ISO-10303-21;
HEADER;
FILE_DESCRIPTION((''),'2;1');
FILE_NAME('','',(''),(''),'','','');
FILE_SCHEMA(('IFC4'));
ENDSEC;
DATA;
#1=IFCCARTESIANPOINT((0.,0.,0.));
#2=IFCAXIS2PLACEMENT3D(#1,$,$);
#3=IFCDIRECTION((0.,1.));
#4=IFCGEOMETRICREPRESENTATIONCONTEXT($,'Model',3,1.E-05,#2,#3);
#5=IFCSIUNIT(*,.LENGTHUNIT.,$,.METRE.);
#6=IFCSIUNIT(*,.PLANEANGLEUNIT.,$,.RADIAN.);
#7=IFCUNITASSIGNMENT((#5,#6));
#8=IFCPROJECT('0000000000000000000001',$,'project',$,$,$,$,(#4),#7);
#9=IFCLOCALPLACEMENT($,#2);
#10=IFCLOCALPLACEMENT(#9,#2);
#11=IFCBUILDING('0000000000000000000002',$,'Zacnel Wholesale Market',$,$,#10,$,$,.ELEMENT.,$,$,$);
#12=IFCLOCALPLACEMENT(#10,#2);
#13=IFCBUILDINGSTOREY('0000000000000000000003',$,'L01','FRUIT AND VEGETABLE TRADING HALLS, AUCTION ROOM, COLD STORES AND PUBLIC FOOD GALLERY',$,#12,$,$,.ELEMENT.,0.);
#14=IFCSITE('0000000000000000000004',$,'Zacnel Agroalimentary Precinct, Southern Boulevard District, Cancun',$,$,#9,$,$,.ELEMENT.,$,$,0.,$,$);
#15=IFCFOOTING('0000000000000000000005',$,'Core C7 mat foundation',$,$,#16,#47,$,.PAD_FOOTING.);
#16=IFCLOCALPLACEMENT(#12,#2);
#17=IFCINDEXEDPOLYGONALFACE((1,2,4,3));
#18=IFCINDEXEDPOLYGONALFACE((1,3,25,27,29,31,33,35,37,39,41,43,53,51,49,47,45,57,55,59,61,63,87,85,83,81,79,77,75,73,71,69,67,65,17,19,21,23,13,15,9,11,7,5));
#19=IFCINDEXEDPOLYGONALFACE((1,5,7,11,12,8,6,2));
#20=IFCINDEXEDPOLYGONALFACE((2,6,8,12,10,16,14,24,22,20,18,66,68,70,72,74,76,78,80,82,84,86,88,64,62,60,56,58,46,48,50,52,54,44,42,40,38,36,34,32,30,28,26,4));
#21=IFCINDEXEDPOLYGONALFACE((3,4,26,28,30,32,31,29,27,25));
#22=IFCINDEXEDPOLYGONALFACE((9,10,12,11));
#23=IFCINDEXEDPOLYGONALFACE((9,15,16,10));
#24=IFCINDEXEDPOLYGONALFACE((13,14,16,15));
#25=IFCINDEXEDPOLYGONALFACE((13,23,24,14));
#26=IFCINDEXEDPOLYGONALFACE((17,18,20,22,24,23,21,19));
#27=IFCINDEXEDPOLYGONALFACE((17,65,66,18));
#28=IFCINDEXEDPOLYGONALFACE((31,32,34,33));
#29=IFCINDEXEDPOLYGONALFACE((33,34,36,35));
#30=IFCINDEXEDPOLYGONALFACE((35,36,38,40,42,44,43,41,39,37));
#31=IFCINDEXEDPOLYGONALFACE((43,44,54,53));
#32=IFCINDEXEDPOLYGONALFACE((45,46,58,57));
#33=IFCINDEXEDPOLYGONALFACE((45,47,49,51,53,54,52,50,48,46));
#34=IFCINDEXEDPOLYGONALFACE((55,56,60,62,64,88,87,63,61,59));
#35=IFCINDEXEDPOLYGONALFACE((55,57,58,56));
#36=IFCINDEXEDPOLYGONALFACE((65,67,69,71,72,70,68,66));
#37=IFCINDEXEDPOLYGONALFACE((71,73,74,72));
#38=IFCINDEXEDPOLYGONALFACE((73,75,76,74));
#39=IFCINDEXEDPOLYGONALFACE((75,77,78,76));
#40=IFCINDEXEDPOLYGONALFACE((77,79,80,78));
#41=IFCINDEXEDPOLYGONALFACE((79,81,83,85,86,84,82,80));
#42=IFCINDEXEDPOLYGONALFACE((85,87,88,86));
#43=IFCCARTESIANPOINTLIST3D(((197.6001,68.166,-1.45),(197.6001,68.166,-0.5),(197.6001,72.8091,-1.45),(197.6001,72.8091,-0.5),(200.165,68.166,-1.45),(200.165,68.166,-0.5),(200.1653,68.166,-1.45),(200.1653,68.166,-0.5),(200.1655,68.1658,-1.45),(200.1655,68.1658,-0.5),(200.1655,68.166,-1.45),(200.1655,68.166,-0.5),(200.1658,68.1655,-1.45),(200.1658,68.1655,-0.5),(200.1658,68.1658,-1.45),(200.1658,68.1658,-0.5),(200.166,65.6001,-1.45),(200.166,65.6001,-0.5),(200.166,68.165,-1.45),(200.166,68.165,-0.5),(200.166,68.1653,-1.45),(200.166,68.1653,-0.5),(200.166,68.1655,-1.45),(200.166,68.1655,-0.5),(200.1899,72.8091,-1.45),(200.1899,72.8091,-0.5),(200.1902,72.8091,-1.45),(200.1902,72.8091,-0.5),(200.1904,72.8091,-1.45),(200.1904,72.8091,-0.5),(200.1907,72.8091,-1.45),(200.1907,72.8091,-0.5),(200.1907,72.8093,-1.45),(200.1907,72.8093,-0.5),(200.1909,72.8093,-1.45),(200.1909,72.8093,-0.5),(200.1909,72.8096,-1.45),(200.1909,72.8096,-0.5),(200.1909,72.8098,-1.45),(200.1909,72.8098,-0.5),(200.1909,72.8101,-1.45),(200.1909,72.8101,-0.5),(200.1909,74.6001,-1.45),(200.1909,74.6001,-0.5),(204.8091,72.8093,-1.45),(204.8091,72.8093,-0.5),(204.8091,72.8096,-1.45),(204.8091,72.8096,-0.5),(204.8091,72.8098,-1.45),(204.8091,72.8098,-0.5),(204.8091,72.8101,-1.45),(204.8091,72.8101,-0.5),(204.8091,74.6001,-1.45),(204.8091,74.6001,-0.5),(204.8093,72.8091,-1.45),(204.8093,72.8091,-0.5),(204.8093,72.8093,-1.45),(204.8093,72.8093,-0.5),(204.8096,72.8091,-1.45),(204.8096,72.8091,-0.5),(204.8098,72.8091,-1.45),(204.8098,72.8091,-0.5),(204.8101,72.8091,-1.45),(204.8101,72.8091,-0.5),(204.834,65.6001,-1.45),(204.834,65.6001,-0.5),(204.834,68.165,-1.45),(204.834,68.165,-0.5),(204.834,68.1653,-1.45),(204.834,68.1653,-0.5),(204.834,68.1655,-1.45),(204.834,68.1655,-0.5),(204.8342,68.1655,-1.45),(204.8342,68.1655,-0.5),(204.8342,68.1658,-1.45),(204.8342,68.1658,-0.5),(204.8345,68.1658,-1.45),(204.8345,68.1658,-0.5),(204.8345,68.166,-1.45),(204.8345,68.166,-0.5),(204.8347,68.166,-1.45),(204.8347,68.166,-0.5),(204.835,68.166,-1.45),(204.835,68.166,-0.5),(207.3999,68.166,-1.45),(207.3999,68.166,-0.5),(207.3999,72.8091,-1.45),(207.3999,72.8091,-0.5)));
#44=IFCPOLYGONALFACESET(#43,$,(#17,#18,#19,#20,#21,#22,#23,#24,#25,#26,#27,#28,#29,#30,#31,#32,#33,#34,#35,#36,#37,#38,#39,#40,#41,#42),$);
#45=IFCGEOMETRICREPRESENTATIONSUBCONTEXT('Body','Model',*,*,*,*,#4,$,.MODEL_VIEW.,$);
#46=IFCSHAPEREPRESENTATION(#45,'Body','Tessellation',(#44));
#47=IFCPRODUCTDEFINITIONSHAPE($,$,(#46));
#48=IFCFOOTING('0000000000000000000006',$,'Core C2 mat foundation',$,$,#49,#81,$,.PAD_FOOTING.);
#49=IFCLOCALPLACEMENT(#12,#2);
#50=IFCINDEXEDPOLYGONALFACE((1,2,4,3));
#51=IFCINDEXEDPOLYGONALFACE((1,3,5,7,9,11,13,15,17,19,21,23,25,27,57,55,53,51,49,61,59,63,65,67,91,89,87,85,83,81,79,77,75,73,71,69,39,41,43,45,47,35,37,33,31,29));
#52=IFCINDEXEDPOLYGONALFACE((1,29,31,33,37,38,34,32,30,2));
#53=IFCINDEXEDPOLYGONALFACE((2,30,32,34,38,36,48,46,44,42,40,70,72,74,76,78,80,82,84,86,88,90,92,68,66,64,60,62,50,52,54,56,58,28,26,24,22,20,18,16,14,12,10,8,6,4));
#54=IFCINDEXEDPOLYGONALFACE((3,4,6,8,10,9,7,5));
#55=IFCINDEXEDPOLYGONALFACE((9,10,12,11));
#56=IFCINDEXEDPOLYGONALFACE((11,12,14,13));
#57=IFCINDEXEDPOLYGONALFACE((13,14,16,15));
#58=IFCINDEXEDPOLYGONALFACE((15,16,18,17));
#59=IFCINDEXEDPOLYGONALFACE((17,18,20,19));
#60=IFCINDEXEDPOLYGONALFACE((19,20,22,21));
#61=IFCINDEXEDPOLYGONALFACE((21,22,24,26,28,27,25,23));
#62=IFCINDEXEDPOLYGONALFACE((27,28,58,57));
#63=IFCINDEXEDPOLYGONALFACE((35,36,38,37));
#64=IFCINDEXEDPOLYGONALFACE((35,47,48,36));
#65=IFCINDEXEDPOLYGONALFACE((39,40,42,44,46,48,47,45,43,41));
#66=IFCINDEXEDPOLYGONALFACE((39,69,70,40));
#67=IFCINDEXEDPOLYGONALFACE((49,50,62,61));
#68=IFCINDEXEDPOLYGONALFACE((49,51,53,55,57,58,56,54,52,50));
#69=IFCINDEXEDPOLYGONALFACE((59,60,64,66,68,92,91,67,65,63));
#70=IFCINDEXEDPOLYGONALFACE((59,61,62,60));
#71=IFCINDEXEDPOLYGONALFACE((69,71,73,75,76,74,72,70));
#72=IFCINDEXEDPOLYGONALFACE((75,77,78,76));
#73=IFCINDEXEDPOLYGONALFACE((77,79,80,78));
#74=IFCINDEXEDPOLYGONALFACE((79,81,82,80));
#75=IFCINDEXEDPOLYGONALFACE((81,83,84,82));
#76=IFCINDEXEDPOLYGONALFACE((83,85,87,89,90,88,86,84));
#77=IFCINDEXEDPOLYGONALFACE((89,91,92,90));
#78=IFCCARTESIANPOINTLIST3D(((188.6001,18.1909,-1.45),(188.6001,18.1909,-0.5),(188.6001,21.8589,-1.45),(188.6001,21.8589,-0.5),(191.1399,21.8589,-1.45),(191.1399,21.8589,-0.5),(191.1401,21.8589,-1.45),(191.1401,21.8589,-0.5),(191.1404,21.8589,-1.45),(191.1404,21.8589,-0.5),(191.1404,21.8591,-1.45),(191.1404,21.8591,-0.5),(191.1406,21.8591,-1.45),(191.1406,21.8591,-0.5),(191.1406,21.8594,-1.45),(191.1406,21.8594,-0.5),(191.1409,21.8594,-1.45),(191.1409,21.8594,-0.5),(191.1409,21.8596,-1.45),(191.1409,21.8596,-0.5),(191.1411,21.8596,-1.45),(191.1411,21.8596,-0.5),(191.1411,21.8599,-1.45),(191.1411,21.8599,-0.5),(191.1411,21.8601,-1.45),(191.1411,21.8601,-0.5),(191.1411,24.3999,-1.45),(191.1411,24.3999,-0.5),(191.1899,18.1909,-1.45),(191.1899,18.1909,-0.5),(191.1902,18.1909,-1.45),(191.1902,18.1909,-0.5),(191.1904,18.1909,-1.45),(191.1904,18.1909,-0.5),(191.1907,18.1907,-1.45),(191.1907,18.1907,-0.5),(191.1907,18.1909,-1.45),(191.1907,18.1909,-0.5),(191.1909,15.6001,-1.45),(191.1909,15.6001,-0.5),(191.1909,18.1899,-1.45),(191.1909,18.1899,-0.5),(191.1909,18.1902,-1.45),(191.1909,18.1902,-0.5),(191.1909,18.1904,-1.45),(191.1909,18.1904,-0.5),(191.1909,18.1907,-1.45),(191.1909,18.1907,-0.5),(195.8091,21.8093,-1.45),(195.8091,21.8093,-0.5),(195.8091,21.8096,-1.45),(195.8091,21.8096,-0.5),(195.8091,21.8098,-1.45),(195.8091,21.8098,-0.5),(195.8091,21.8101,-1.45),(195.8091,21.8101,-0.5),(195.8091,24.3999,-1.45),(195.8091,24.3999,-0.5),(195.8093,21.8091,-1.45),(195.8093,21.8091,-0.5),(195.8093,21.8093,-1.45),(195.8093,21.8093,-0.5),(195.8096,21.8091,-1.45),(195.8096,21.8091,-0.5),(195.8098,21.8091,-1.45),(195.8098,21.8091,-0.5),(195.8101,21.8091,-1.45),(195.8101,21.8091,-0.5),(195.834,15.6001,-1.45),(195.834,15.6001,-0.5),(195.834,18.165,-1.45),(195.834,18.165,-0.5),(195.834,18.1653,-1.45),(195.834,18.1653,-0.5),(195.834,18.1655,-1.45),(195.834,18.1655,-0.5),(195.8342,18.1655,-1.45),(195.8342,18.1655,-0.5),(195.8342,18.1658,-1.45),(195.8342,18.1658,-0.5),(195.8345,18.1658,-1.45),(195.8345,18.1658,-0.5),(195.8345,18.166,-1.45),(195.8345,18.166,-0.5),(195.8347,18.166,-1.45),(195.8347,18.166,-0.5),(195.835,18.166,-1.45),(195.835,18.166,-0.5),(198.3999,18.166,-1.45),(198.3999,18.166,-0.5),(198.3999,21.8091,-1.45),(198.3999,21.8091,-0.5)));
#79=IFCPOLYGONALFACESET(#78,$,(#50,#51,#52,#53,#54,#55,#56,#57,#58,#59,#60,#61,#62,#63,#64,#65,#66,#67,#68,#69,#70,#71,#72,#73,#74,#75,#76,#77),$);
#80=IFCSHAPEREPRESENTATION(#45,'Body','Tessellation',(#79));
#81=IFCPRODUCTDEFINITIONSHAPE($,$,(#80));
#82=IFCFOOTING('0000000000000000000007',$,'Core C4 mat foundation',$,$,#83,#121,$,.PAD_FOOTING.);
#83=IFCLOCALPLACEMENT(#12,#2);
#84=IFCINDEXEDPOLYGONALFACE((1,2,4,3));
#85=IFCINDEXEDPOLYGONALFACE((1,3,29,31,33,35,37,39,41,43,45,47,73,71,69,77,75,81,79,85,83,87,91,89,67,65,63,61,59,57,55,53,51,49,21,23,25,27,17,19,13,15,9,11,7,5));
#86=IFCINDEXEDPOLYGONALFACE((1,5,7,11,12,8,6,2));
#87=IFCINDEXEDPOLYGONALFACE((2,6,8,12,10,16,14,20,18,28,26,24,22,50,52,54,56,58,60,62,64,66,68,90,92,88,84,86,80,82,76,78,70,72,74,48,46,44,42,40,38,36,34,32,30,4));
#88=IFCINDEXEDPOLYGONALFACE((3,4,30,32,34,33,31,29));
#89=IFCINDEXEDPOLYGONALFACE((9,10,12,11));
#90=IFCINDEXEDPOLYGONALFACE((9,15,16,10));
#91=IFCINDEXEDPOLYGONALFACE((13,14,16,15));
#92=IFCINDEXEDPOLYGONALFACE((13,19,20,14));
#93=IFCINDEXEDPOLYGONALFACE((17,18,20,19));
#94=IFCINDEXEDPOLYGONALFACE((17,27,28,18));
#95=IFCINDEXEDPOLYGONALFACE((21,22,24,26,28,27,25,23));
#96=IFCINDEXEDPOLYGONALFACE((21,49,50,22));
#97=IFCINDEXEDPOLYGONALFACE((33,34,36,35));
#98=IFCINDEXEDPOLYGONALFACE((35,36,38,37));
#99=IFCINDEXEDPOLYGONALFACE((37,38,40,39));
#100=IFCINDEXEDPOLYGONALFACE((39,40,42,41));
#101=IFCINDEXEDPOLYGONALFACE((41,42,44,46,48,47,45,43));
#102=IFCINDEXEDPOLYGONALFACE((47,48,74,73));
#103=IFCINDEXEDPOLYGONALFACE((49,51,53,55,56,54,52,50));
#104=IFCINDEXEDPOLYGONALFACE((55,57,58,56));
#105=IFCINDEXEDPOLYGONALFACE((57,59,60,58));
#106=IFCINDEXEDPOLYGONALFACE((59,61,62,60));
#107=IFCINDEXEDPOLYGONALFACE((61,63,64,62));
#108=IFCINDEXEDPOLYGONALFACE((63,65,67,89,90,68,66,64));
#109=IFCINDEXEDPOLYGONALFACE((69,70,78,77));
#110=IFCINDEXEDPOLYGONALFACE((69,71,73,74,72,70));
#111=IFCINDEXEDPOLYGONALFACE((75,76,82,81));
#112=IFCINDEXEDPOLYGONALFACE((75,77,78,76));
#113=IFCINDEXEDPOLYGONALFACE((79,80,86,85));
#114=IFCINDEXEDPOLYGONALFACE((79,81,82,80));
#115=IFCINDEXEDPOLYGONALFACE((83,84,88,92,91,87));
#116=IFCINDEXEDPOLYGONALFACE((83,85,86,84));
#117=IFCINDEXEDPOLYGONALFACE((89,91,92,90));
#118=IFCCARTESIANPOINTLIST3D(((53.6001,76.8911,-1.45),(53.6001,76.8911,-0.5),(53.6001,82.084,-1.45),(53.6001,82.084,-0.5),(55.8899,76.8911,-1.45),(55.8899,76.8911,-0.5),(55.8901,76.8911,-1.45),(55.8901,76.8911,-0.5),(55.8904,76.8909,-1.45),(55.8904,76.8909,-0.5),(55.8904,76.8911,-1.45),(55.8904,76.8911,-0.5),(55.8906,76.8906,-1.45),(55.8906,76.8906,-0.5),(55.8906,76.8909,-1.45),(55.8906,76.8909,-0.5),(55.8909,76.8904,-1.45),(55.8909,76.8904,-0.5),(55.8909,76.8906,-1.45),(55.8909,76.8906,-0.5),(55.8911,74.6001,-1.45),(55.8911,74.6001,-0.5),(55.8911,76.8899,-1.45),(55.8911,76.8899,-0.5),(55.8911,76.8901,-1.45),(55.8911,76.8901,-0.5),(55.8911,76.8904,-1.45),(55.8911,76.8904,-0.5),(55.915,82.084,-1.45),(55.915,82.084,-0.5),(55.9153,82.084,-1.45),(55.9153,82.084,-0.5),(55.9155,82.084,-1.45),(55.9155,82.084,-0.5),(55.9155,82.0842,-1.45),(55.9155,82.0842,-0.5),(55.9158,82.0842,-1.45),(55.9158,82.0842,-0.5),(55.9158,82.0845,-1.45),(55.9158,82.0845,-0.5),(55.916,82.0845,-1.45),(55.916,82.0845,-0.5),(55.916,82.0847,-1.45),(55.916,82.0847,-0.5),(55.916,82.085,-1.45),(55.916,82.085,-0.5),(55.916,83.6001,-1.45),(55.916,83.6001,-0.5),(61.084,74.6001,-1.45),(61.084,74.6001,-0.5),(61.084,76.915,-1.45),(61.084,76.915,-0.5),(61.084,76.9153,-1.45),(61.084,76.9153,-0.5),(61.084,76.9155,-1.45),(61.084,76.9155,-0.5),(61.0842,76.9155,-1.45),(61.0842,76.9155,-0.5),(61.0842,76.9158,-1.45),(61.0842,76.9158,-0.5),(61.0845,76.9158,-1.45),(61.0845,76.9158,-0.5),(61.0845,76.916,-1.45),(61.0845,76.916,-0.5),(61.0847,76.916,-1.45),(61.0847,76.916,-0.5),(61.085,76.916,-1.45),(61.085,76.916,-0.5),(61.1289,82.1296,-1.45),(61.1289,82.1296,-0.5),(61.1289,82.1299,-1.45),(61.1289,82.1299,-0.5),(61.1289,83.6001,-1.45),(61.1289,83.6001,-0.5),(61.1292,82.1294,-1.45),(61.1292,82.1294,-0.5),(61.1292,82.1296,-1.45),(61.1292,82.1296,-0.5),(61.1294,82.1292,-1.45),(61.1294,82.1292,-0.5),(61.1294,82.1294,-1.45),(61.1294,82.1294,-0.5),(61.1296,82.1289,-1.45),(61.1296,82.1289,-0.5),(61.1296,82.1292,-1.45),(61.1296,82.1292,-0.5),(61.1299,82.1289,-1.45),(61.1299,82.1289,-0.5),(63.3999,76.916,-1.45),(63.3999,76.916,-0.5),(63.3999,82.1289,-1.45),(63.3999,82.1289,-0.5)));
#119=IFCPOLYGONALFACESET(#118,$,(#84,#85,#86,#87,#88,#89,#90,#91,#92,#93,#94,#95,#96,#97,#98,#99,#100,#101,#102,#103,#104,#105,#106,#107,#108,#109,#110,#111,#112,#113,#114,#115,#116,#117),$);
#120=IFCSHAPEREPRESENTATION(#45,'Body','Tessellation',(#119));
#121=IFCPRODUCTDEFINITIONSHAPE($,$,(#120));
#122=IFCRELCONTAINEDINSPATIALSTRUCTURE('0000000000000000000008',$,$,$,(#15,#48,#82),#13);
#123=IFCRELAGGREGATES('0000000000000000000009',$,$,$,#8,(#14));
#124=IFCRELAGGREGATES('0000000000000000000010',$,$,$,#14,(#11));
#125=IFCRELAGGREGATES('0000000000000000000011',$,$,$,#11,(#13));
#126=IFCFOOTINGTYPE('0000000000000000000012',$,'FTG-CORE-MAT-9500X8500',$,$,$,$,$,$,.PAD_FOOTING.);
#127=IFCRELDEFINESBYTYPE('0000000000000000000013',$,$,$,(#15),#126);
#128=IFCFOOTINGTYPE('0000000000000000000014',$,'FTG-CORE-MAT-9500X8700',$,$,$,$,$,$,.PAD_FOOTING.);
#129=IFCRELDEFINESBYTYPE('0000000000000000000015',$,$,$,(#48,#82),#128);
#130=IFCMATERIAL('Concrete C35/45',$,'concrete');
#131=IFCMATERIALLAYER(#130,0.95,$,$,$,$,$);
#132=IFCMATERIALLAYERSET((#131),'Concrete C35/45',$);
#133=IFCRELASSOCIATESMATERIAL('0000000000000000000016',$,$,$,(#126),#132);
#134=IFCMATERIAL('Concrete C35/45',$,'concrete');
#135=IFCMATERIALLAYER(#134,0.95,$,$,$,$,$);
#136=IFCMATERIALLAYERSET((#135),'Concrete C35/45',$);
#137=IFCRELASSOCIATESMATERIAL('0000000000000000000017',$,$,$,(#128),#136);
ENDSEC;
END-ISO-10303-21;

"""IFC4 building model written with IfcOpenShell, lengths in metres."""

from ifc_helpers import new_model, si_unit, direction, frame, origin, place, context, subcontext, project, spatial, polyline, outline, extrude, material, layer, layer_set, type_object, element, save


model = new_model("IFC4")

# Units and contexts
model_context = context("Model", 3, precision=1e-05, world=origin(), true_north=direction((0.0, 1.0)))
body_context = subcontext(model_context, "Body", "Model", "MODEL_VIEW")
ifc_project = project(units=[si_unit("LENGTHUNIT", "METRE"), si_unit("PLANEANGLEUNIT", "RADIAN")], contexts=[model_context])

# Site, building, storey
site_placement = place(None, origin())
site = spatial("IfcSite", under=ifc_project, at=site_placement, Name="Zacnel Agroalimentary Precinct, Southern Boulevard District, Cancun", CompositionType="ELEMENT", RefElevation=0.0)
building_placement = place(site_placement, origin())
building = spatial("IfcBuilding", under=site, at=building_placement, Name="Zacnel Wholesale Market", CompositionType="ELEMENT")
storey_placement = place(building_placement, origin())
storey = spatial("IfcBuildingStorey", under=building, at=storey_placement, Name="L01", Description="FRUIT AND VEGETABLE TRADING HALLS, AUCTION ROOM, COLD STORES AND PUBLIC FOOD GALLERY", CompositionType="ELEMENT", Elevation=0.0)

# Footings
ifc_material_1 = material(Name="Concrete C35/45", Category="concrete")
ifc_layer_1 = layer(ifc_material_1, 0.95)
ifc_layer_set_1 = layer_set([ifc_layer_1], Name="Concrete C35/45")
footing_type_1 = type_object("IfcFootingType", Name="FTG-CORE-MAT-9500X8500", PredefinedType="PAD_FOOTING", material=ifc_layer_set_1)
footing_1_placement = place(storey_placement, frame((0.0, 0.0, -1.45)))
element("IfcFooting", 1, at=footing_1_placement, inside=storey, type_object=footing_type_1, Name="Core C7 mat foundation", PredefinedType="PAD_FOOTING", context=body_context, shape_type="SweptSolid", body=[
    extrude(outline(polyline([(204.835, 68.166), (204.835, 68.166), (204.8347, 68.166), (204.8347, 68.166), (204.8347, 68.166), (204.8345, 68.166), (204.8345, 68.1658), (204.8345, 68.1658), (204.8342, 68.1658), (204.8342, 68.1655), (204.8342, 68.1655), (204.834, 68.1655), (204.834, 68.1653), (204.834, 68.1653), (204.834, 68.1653), (204.834, 68.165), (204.834, 68.165), (204.834, 65.6001), (200.166, 65.6001), (200.166, 68.165), (200.166, 68.165), (200.166, 68.1653), (200.166, 68.1653), (200.166, 68.1653), (200.166, 68.1655), (200.1658, 68.1655), (200.1658, 68.1655), (200.1658, 68.1658), (200.1655, 68.1658), (200.1655, 68.1658), (200.1655, 68.166), (200.1653, 68.166), (200.1653, 68.166), (200.1653, 68.166), (200.165, 68.166), (200.165, 68.166), (197.6001, 68.166), (197.6001, 72.8091), (200.1899, 72.8091), (200.1902, 72.8091), (200.1902, 72.8091), (200.1902, 72.8091), (200.1904, 72.8091), (200.1904, 72.8091), (200.1907, 72.8091), (200.1907, 72.8091), (200.1907, 72.8093), (200.1909, 72.8093), (200.1909, 72.8093), (200.1909, 72.8096), (200.1909, 72.8096), (200.1909, 72.8098), (200.1909, 72.8098), (200.1909, 72.8098), (200.1909, 72.8101), (200.1909, 74.6001), (204.8091, 74.6001), (204.8091, 72.8101), (204.8091, 72.8098), (204.8091, 72.8098), (204.8091, 72.8098), (204.8091, 72.8096), (204.8091, 72.8096), (204.8091, 72.8093), (204.8091, 72.8093), (204.8093, 72.8093), (204.8093, 72.8091), (204.8093, 72.8091), (204.8096, 72.8091), (204.8096, 72.8091), (204.8098, 72.8091), (204.8098, 72.8091), (204.8098, 72.8091), (204.8101, 72.8091), (207.3999, 72.8091), (207.3999, 68.166), (204.835, 68.166)])), origin(), (0.0, 0.0, 1.0), 0.95),
])
ifc_material_2 = material(Name="Concrete C35/45", Category="concrete")
ifc_layer_2 = layer(ifc_material_2, 0.95)
ifc_layer_set_2 = layer_set([ifc_layer_2], Name="Concrete C35/45")
footing_type_2 = type_object("IfcFootingType", Name="FTG-CORE-MAT-9500X8700", PredefinedType="PAD_FOOTING", material=ifc_layer_set_2)
footing_2_placement = place(storey_placement, frame((0.0, 0.0, -1.45)))
element("IfcFooting", 2, at=footing_2_placement, inside=storey, type_object=footing_type_2, Name="Core C2 mat foundation", PredefinedType="PAD_FOOTING", context=body_context, shape_type="SweptSolid", body=[
    extrude(outline(polyline([(195.835, 18.166), (195.835, 18.166), (195.8347, 18.166), (195.8347, 18.166), (195.8347, 18.166), (195.8345, 18.166), (195.8345, 18.1658), (195.8345, 18.1658), (195.8342, 18.1658), (195.8342, 18.1655), (195.8342, 18.1655), (195.834, 18.1655), (195.834, 18.1653), (195.834, 18.1653), (195.834, 18.1653), (195.834, 18.165), (195.834, 18.165), (195.834, 15.6001), (191.1909, 15.6001), (191.1909, 18.1899), (191.1909, 18.1902), (191.1909, 18.1902), (191.1909, 18.1902), (191.1909, 18.1904), (191.1909, 18.1904), (191.1909, 18.1907), (191.1909, 18.1907), (191.1907, 18.1907), (191.1907, 18.1909), (191.1907, 18.1909), (191.1904, 18.1909), (191.1904, 18.1909), (191.1902, 18.1909), (191.1902, 18.1909), (191.1902, 18.1909), (191.1899, 18.1909), (188.6001, 18.1909), (188.6001, 21.8589), (191.1399, 21.8589), (191.1401, 21.8589), (191.1401, 21.8589), (191.1404, 21.8589), (191.1404, 21.8591), (191.1404, 21.8591), (191.1406, 21.8591), (191.1406, 21.8591), (191.1406, 21.8594), (191.1409, 21.8594), (191.1409, 21.8594), (191.1409, 21.8596), (191.1409, 21.8596), (191.1411, 21.8596), (191.1411, 21.8599), (191.1411, 21.8599), (191.1411, 21.8601), (191.1411, 24.3999), (195.8091, 24.3999), (195.8091, 21.8101), (195.8091, 21.8098), (195.8091, 21.8098), (195.8091, 21.8098), (195.8091, 21.8096), (195.8091, 21.8096), (195.8091, 21.8093), (195.8091, 21.8093), (195.8093, 21.8093), (195.8093, 21.8091), (195.8093, 21.8091), (195.8096, 21.8091), (195.8096, 21.8091), (195.8098, 21.8091), (195.8098, 21.8091), (195.8098, 21.8091), (195.8101, 21.8091), (198.3999, 21.8091), (198.3999, 18.166), (195.835, 18.166)])), origin(), (0.0, 0.0, 1.0), 0.95),
])
footing_3_placement = place(storey_placement, frame((0.0, 0.0, -1.45)))
element("IfcFooting", 3, at=footing_3_placement, inside=storey, type_object=footing_type_2, Name="Core C4 mat foundation", PredefinedType="PAD_FOOTING", context=body_context, shape_type="SweptSolid", body=[
    extrude(outline(polyline([(61.085, 76.916), (61.085, 76.916), (61.0847, 76.916), (61.0847, 76.916), (61.0847, 76.916), (61.0845, 76.916), (61.0845, 76.9158), (61.0845, 76.9158), (61.0842, 76.9158), (61.0842, 76.9155), (61.0842, 76.9155), (61.084, 76.9155), (61.084, 76.9153), (61.084, 76.9153), (61.084, 76.9153), (61.084, 76.915), (61.084, 76.915), (61.084, 74.6001), (55.8911, 74.6001), (55.8911, 76.8899), (55.8911, 76.8901), (55.8911, 76.8901), (55.8911, 76.8904), (55.8909, 76.8904), (55.8909, 76.8904), (55.8909, 76.8906), (55.8909, 76.8906), (55.8906, 76.8906), (55.8906, 76.8909), (55.8906, 76.8909), (55.8904, 76.8909), (55.8904, 76.8909), (55.8904, 76.8911), (55.8901, 76.8911), (55.8901, 76.8911), (55.8899, 76.8911), (53.6001, 76.8911), (53.6001, 82.084), (55.915, 82.084), (55.915, 82.084), (55.9153, 82.084), (55.9153, 82.084), (55.9153, 82.084), (55.9155, 82.084), (55.9155, 82.0842), (55.9155, 82.0842), (55.9158, 82.0842), (55.9158, 82.0845), (55.9158, 82.0845), (55.916, 82.0845), (55.916, 82.0847), (55.916, 82.0847), (55.916, 82.0847), (55.916, 82.085), (55.916, 82.085), (55.916, 83.6001), (61.1289, 83.6001), (61.1289, 82.1299), (61.1289, 82.1299), (61.1289, 82.1299), (61.1289, 82.1296), (61.1292, 82.1296), (61.1292, 82.1294), (61.1292, 82.1294), (61.1292, 82.1294), (61.1294, 82.1294), (61.1294, 82.1292), (61.1294, 82.1292), (61.1294, 82.1292), (61.1296, 82.1292), (61.1296, 82.1289), (61.1299, 82.1289), (61.1299, 82.1289), (61.1299, 82.1289), (63.3999, 82.1289), (63.3999, 76.916), (61.085, 76.916)])), origin(), (0.0, 0.0, 1.0), 0.95),
])

save(model, "model.ifc")
